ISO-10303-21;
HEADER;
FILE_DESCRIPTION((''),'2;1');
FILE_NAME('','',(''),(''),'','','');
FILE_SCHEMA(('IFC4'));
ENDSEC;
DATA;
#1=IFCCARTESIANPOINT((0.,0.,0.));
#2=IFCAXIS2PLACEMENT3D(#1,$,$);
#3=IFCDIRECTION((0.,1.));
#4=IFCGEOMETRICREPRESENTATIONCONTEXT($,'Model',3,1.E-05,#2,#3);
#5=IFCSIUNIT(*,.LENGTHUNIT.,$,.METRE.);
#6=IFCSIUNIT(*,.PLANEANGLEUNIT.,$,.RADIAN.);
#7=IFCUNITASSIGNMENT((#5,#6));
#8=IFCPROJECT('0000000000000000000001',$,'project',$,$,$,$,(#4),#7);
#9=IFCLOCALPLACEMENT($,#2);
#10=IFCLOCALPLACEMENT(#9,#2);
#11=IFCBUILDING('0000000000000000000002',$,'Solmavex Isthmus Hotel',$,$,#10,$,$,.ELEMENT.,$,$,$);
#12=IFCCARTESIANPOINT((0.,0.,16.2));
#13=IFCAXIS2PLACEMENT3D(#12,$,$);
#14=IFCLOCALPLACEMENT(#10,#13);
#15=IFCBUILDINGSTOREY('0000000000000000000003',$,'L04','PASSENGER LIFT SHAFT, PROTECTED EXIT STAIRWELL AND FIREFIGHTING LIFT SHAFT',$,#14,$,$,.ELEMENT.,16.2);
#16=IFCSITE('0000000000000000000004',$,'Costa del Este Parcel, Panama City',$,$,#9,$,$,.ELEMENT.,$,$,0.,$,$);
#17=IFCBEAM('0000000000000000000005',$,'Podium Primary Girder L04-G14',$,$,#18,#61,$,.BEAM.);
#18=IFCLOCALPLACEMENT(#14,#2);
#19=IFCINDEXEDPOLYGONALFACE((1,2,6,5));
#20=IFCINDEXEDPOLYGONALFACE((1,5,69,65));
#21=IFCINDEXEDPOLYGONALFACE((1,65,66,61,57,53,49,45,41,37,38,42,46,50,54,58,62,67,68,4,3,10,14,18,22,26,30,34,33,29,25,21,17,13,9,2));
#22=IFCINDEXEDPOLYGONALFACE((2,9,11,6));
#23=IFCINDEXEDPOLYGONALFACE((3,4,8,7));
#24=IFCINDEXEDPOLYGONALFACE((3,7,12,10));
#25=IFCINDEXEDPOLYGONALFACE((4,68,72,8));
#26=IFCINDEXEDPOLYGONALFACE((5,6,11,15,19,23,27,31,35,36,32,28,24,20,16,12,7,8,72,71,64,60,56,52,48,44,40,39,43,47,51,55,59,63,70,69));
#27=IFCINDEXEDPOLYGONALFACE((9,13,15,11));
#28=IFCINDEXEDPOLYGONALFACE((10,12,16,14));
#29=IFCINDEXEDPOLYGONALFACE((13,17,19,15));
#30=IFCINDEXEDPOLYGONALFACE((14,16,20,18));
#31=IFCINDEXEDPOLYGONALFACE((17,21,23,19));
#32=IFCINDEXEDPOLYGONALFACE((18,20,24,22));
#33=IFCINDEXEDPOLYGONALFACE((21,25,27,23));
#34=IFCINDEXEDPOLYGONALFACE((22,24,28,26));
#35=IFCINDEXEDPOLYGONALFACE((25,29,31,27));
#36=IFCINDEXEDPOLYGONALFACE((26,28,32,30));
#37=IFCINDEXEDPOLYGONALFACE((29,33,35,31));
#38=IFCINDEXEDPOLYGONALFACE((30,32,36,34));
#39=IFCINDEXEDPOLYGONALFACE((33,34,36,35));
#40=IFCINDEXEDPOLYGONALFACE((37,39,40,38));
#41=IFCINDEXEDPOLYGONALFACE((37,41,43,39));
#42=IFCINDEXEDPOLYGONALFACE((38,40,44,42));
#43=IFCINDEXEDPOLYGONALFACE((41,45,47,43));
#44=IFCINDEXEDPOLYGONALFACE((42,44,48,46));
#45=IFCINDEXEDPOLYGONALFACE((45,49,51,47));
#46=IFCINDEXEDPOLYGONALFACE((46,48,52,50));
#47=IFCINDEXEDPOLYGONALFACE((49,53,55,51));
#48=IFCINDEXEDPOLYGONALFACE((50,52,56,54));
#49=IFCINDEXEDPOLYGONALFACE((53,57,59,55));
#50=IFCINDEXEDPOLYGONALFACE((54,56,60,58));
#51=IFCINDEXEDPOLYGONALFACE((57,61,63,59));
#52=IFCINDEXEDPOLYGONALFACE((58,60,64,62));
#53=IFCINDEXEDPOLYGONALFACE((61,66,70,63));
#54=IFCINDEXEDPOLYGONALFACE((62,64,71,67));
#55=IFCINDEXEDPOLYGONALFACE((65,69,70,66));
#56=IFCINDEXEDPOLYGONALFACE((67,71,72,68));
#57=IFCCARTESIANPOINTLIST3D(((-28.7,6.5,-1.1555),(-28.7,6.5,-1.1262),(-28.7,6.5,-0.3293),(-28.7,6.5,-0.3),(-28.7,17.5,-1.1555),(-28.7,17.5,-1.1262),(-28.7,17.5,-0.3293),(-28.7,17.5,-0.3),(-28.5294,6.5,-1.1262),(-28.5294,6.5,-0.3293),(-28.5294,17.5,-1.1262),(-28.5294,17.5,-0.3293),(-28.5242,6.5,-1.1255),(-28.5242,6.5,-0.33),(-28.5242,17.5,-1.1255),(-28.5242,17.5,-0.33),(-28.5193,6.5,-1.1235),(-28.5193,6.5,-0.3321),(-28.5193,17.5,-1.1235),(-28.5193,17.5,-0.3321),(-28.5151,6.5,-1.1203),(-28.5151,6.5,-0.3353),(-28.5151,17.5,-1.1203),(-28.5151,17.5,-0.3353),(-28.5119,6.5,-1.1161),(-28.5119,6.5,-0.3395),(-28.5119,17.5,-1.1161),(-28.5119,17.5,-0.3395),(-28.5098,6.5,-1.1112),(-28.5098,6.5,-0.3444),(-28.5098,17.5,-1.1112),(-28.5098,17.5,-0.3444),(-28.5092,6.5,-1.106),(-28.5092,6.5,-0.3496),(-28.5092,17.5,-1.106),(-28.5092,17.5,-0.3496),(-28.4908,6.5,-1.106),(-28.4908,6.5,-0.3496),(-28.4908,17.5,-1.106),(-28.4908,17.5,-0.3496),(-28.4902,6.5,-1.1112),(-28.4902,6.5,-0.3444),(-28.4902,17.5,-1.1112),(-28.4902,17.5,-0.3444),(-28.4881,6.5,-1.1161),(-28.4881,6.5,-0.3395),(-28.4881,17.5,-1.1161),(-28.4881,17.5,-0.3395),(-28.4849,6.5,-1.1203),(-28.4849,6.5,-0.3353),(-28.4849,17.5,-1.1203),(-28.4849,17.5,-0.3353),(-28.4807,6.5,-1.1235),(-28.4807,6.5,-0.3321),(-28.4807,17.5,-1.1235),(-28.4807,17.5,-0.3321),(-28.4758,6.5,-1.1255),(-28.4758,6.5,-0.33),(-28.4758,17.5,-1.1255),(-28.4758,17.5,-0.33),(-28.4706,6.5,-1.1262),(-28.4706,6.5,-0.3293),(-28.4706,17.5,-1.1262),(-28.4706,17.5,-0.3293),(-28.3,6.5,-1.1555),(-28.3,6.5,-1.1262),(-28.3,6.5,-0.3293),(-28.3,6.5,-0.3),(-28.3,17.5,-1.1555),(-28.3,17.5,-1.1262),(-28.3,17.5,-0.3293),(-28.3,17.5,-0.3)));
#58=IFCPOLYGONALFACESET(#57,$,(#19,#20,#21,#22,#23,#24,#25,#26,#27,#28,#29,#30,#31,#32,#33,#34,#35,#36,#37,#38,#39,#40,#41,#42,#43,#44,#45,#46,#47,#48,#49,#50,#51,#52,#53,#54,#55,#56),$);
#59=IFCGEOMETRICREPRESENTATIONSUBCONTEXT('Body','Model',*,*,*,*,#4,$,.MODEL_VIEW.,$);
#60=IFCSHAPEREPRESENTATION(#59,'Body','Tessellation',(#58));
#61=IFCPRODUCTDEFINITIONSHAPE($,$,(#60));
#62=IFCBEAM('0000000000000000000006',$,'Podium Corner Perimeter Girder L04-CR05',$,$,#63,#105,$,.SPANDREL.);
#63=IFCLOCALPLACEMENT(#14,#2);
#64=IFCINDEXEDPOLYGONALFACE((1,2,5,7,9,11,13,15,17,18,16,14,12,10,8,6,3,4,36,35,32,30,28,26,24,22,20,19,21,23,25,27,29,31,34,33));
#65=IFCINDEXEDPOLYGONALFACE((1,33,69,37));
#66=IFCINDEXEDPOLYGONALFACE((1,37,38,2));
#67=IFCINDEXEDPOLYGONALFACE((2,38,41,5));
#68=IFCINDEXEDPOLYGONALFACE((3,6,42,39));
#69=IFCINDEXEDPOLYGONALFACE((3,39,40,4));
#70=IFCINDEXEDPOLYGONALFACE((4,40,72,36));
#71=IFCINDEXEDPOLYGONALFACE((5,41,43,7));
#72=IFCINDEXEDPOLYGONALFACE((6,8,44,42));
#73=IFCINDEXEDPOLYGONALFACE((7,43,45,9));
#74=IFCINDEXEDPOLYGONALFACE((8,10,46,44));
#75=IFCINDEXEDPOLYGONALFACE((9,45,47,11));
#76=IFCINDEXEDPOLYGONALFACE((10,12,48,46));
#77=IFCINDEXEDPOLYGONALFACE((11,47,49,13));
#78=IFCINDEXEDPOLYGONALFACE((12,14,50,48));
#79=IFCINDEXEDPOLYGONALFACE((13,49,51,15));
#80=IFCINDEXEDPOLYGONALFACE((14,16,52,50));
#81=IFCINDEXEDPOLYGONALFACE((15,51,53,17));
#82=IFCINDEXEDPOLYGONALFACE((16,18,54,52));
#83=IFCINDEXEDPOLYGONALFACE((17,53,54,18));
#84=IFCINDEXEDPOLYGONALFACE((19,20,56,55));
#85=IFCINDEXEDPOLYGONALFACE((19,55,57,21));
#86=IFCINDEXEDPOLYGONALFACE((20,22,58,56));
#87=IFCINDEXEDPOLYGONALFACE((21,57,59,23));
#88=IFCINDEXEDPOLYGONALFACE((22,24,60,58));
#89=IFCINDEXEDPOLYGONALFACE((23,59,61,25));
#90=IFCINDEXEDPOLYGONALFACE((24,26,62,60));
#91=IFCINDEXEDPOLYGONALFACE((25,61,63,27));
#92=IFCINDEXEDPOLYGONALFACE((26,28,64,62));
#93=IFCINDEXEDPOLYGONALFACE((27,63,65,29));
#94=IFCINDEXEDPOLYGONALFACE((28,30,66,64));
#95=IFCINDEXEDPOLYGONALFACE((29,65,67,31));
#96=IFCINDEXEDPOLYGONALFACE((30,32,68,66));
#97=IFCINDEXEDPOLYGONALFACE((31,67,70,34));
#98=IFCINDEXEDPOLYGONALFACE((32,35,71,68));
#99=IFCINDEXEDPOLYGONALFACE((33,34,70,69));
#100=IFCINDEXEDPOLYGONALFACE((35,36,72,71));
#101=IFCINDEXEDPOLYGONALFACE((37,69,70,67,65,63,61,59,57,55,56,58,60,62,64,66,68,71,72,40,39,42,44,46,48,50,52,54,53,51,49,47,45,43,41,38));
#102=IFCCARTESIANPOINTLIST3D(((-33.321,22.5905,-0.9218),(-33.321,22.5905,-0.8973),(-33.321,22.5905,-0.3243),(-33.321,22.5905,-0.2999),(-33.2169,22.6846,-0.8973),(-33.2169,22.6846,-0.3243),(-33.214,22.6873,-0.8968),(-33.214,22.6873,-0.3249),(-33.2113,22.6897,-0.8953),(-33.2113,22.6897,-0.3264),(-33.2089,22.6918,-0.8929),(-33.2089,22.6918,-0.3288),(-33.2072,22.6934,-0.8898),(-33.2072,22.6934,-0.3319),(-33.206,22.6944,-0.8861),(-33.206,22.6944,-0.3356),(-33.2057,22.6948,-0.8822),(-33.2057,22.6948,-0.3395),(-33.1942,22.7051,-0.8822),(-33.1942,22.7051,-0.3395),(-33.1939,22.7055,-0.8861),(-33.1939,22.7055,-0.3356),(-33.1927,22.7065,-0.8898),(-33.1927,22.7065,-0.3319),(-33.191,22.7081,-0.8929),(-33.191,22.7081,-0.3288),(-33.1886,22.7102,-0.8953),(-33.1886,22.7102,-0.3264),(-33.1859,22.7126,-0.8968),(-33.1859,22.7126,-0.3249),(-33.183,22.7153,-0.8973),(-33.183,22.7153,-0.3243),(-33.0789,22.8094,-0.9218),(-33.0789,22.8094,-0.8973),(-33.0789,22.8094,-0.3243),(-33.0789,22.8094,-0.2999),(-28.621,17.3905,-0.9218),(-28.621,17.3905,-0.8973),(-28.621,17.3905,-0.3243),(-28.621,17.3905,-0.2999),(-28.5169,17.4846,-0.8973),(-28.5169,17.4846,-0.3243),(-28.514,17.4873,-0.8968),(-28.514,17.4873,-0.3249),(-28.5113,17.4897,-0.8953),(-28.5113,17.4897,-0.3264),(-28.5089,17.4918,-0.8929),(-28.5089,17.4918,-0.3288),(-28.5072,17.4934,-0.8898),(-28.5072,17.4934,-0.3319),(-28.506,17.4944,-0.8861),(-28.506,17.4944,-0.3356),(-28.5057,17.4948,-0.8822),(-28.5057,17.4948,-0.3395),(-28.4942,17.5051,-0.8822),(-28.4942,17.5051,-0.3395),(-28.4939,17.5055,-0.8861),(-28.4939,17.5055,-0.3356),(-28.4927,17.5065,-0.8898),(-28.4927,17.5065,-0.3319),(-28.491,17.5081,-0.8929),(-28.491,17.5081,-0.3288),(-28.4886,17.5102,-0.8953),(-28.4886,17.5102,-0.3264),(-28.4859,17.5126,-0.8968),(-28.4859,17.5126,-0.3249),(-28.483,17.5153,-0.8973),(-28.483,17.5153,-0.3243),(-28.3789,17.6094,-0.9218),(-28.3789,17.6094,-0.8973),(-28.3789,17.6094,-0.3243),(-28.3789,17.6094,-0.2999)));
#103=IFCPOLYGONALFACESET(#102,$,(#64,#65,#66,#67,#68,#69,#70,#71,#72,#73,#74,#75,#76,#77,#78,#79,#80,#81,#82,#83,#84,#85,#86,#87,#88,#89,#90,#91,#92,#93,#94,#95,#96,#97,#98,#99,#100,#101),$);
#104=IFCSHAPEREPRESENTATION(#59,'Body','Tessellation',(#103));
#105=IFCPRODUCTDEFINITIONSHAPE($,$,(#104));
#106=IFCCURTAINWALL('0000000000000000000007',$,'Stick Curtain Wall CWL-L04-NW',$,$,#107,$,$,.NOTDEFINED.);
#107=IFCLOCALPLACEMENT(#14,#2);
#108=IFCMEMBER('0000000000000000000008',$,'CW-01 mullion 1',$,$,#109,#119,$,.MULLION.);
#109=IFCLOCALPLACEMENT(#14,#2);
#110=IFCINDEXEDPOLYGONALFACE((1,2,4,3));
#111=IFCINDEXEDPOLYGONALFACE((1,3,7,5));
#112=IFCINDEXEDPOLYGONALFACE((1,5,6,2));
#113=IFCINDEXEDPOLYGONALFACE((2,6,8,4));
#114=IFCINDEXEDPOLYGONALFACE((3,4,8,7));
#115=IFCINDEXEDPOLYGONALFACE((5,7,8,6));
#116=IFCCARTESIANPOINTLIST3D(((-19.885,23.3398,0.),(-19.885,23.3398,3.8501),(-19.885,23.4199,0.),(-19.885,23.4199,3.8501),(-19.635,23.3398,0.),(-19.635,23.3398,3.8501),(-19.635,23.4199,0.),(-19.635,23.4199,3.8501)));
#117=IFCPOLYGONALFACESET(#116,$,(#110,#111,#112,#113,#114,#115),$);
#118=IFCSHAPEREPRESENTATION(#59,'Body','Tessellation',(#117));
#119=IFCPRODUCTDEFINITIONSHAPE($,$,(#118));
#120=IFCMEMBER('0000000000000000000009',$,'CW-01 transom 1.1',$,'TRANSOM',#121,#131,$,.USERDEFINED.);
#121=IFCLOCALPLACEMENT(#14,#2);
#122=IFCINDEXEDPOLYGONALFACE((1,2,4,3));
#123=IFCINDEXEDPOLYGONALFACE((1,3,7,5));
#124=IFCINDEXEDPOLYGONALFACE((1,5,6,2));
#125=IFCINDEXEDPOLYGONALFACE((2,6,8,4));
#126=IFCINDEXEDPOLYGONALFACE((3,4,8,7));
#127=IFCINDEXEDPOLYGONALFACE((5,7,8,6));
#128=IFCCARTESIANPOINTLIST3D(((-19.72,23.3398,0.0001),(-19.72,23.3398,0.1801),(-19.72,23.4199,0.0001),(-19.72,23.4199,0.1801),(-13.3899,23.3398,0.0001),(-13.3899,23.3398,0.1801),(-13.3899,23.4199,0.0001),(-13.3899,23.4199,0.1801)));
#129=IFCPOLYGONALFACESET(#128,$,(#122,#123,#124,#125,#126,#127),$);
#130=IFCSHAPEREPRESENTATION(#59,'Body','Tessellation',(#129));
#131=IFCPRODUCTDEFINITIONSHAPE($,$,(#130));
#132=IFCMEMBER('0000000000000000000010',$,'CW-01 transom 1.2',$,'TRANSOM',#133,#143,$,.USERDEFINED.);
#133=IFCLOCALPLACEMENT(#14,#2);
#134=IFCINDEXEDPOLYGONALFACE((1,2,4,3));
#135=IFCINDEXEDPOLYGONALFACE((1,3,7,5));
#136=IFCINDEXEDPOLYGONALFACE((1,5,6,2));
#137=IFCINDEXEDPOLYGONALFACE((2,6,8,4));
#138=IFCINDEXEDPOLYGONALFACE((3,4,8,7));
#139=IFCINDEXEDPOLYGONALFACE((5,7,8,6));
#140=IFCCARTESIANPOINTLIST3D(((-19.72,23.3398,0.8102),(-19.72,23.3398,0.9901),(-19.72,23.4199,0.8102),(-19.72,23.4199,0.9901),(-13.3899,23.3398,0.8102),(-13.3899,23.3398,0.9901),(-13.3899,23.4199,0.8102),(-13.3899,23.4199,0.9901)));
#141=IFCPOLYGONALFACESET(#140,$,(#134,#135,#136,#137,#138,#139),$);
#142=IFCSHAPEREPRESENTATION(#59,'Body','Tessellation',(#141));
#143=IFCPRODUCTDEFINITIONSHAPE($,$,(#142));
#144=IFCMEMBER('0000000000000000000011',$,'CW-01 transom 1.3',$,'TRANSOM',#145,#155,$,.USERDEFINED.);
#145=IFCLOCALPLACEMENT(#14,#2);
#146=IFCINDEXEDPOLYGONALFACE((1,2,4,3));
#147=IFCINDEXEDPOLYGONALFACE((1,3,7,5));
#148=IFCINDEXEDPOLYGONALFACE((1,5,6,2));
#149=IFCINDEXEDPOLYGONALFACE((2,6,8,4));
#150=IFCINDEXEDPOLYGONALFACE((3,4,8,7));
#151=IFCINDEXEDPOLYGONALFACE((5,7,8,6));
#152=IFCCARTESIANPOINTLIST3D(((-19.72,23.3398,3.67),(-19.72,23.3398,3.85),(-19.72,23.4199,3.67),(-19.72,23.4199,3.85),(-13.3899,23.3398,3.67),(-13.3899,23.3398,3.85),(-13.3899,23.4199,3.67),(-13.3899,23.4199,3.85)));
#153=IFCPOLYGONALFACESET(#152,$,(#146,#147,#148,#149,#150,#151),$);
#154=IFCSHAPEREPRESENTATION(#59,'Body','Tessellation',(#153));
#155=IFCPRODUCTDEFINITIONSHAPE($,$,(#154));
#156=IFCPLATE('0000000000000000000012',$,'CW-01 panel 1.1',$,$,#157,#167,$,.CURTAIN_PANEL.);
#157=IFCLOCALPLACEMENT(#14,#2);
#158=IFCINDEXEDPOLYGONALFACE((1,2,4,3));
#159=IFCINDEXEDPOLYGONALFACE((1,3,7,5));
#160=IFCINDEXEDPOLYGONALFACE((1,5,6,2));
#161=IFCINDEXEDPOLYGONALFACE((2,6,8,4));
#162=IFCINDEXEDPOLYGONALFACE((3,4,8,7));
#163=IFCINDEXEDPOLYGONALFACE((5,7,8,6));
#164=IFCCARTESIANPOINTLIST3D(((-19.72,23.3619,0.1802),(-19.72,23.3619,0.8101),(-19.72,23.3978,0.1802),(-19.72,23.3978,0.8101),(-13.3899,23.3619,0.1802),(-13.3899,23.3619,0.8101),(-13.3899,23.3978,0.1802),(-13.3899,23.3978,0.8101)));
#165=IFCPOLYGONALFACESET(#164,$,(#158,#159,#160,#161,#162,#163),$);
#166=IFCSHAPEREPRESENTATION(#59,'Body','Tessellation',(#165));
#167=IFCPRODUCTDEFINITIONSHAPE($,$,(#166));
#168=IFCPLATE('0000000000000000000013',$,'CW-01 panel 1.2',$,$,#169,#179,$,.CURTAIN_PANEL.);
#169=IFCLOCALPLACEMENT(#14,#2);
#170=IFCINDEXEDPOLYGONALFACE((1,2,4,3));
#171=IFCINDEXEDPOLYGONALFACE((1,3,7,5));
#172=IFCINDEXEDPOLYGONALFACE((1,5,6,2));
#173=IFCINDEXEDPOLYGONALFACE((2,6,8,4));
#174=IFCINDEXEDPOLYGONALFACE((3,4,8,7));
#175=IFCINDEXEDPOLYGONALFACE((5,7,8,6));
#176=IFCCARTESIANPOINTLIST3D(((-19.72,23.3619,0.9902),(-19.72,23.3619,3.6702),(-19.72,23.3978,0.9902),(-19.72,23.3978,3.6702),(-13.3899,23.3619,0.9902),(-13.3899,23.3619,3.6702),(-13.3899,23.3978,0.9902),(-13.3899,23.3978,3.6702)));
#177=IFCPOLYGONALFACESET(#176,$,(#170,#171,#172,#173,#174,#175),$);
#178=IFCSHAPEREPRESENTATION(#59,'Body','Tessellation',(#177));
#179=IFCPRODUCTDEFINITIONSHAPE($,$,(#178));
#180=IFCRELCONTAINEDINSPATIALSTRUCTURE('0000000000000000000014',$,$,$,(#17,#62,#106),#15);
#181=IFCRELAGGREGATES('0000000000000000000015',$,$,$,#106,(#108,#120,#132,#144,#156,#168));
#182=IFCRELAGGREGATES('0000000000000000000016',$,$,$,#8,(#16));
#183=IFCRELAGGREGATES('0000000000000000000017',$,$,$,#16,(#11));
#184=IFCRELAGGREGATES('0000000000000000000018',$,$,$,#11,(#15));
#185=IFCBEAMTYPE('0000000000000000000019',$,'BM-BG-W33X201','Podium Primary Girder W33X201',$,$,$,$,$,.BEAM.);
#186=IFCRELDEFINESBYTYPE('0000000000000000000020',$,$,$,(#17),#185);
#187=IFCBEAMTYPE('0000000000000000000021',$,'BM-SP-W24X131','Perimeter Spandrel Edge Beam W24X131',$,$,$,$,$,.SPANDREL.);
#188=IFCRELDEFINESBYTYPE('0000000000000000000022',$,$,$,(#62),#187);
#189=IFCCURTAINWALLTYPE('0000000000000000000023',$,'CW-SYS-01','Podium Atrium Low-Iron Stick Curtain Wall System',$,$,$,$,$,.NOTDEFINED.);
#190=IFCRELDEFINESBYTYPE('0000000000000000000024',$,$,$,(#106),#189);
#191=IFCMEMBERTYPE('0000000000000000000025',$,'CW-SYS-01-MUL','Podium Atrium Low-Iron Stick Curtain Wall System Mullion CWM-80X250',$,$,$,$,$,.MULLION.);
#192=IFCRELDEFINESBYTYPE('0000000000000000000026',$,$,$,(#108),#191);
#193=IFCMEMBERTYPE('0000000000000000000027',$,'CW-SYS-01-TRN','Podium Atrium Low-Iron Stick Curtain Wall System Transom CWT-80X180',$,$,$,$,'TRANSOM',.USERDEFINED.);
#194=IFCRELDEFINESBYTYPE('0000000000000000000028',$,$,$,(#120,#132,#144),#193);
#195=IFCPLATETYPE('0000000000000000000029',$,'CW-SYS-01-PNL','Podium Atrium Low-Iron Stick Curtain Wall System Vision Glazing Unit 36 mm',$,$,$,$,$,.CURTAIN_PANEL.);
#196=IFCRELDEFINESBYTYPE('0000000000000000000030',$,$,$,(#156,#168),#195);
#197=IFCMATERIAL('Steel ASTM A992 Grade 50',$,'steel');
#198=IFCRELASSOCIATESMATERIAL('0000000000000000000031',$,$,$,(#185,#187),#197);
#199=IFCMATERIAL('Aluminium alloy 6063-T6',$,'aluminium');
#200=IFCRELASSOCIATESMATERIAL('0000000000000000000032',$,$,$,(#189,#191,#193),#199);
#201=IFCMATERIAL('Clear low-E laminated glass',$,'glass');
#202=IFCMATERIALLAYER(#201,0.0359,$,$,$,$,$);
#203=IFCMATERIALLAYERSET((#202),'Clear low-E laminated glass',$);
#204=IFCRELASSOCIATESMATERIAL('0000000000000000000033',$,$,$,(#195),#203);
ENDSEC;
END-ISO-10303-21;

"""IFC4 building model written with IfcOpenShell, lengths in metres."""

from ifc_helpers import new_model, si_unit, direction, frame, origin, origin_2d, place, context, subcontext, project, spatial, rectangle, i_section, extrude, material, layer, layer_set, material_profile, profile_set, type_object, element, aggregate, save


model = new_model("IFC4")

# Units and contexts
model_context = context("Model", 3, precision=1e-05, world=origin(), true_north=direction((0.0, 1.0)))
body_context = subcontext(model_context, "Body", "Model", "MODEL_VIEW")
ifc_project = project(units=[si_unit("LENGTHUNIT", "METRE"), si_unit("PLANEANGLEUNIT", "RADIAN")], contexts=[model_context])

# Site, building, storey
site_placement = place(None, origin())
site = spatial("IfcSite", under=ifc_project, at=site_placement, Name="Costa del Este Parcel, Panama City", CompositionType="ELEMENT", RefElevation=0.0)
building_placement = place(site_placement, origin())
building = spatial("IfcBuilding", under=site, at=building_placement, Name="Solmavex Isthmus Hotel", CompositionType="ELEMENT")
storey_placement = place(building_placement, frame((0.0, 0.0, 16.2)))
storey = spatial("IfcBuildingStorey", under=building, at=storey_placement, Name="L04", Description="PASSENGER LIFT SHAFT, PROTECTED EXIT STAIRWELL AND FIREFIGHTING LIFT SHAFT", CompositionType="ELEMENT", Elevation=16.2)

# Beams
ifc_material_1 = material(Name="Steel ASTM A992 Grade 50", Category="steel")
ifc_material_profile_1 = material_profile(ifc_material_1, i_section(OverallWidth=0.3999, OverallDepth=0.8555, WebThickness=0.0183, FlangeThickness=0.0293, FilletRadius=0.0203, at=origin_2d()), Name="W33X201")
ifc_profile_set_1 = profile_set([ifc_material_profile_1], Name="Steel ASTM A992 Grade 50")
beam_type_1 = type_object("IfcBeamType", Name="BM-BG-W33X201", Description="Podium Primary Girder W33X201", PredefinedType="BEAM", material=ifc_profile_set_1)
beam_1_placement = place(storey_placement, frame((-28.5, 6.5, -0.7278), z_axis=(0.0, 1.0, 0.0), x_axis=(-1.0, 0.0, 0.0)))
element("IfcBeam", 1, at=beam_1_placement, inside=storey, type_object=beam_type_1, Name="Podium Primary Girder L04-G14", PredefinedType="BEAM", context=body_context, shape_type="SweptSolid", body=[
    extrude(i_section(OverallWidth=0.3999, OverallDepth=0.8555, WebThickness=0.0183, FlangeThickness=0.0293, FilletRadius=0.0203, at=origin_2d()), origin(), (0.0, 0.0, 1.0), 11.0),
])
ifc_material_profile_2 = material_profile(ifc_material_1, i_section(OverallWidth=0.3264, OverallDepth=0.6218, WebThickness=0.0154, FlangeThickness=0.0244, FilletRadius=0.0151, at=origin_2d()), Name="W24X131")
ifc_profile_set_2 = profile_set([ifc_material_profile_2], Name="Steel ASTM A992 Grade 50")
beam_type_2 = type_object("IfcBeamType", Name="BM-SP-W24X131", Description="Perimeter Spandrel Edge Beam W24X131", PredefinedType="SPANDREL", material=ifc_profile_set_2)
beam_2_placement = place(storey_placement, frame((-33.2, 22.7, -0.6108), z_axis=(0.670539, -0.741874, 0.0), x_axis=(0.741874, 0.670539, 0.0)))
element("IfcBeam", 2, at=beam_2_placement, inside=storey, type_object=beam_type_2, Name="Podium Corner Perimeter Girder L04-CR05", PredefinedType="SPANDREL", context=body_context, shape_type="SweptSolid", body=[
    extrude(i_section(OverallWidth=0.3264, OverallDepth=0.6218, WebThickness=0.0154, FlangeThickness=0.0244, FilletRadius=0.0151, at=origin_2d()), origin(), (0.0, 0.0, 1.0), 7.0093),
])

# Curtain wall, members, plates
ifc_material_2 = material(Name="Aluminium alloy 6063-T6", Category="aluminium")
curtain_wall_type = type_object("IfcCurtainWallType", Name="CW-SYS-01", Description="Podium Atrium Low-Iron Stick Curtain Wall System", PredefinedType="NOTDEFINED", material=ifc_material_2)
curtain_wall_placement = place(storey_placement, origin())
curtain_wall = element("IfcCurtainWall", 3, at=curtain_wall_placement, inside=storey, type_object=curtain_wall_type, Name="Stick Curtain Wall CWL-L04-NW", PredefinedType="NOTDEFINED")
ifc_material_profile_3 = material_profile(ifc_material_2, rectangle(XDim=0.0801, YDim=0.25, at=origin_2d()), Name="CWM-80X250")
ifc_profile_set_3 = profile_set([ifc_material_profile_3], Name="Aluminium alloy 6063-T6")
member_type_1 = type_object("IfcMemberType", Name="CW-SYS-01-MUL", Description="Podium Atrium Low-Iron Stick Curtain Wall System Mullion CWM-80X250", PredefinedType="MULLION", material=ifc_profile_set_3)
member_1_placement = place(storey_placement, frame((-19.76, 23.3799, 0.0), z_axis=(0.0, 0.0, 1.0), x_axis=(0.0, 1.0, 0.0)))
member_1 = element("IfcMember", 4, at=member_1_placement, type_object=member_type_1, Name="CW-01 mullion 1", PredefinedType="MULLION", context=body_context, shape_type="SweptSolid", body=[
    extrude(rectangle(XDim=0.0801, YDim=0.25, at=origin_2d()), origin(), (0.0, 0.0, 1.0), 3.8501),
])
ifc_material_profile_4 = material_profile(ifc_material_2, rectangle(XDim=0.0801, YDim=0.1799, at=origin_2d()), Name="CWT-80X180")
ifc_profile_set_4 = profile_set([ifc_material_profile_4], Name="Aluminium alloy 6063-T6")
member_type_2 = type_object("IfcMemberType", Name="CW-SYS-01-TRN", Description="Podium Atrium Low-Iron Stick Curtain Wall System Transom CWT-80X180", ElementType="TRANSOM", PredefinedType="USERDEFINED", material=ifc_profile_set_4)
member_2_placement = place(storey_placement, frame((-19.72, 23.3799, 0.0901), z_axis=(1.0, 0.0, 0.0), x_axis=(0.0, 1.0, 0.0)))
member_2 = element("IfcMember", 5, at=member_2_placement, type_object=member_type_2, Name="CW-01 transom 1.1", ObjectType="TRANSOM", PredefinedType="USERDEFINED", context=body_context, shape_type="SweptSolid", body=[
    extrude(rectangle(XDim=0.0801, YDim=0.1799, at=origin_2d()), origin(), (0.0, 0.0, 1.0), 6.3301),
])
member_3_placement = place(storey_placement, frame((-19.72, 23.3799, 0.9001), z_axis=(1.0, 0.0, 0.0), x_axis=(0.0, 1.0, 0.0)))
member_3 = element("IfcMember", 6, at=member_3_placement, type_object=member_type_2, Name="CW-01 transom 1.2", ObjectType="TRANSOM", PredefinedType="USERDEFINED", context=body_context, shape_type="SweptSolid", body=[
    extrude(rectangle(XDim=0.0801, YDim=0.1799, at=origin_2d()), origin(), (0.0, 0.0, 1.0), 6.3301),
])
member_4_placement = place(storey_placement, frame((-19.72, 23.3799, 3.76), z_axis=(1.0, 0.0, 0.0), x_axis=(0.0, 1.0, 0.0)))
member_4 = element("IfcMember", 7, at=member_4_placement, type_object=member_type_2, Name="CW-01 transom 1.3", ObjectType="TRANSOM", PredefinedType="USERDEFINED", context=body_context, shape_type="SweptSolid", body=[
    extrude(rectangle(XDim=0.0801, YDim=0.1799, at=origin_2d()), origin(), (0.0, 0.0, 1.0), 6.3301),
])
ifc_material_3 = material(Name="Clear low-E laminated glass", Category="glass")
ifc_layer_1 = layer(ifc_material_3, 0.0359)
ifc_layer_set_1 = layer_set([ifc_layer_1], Name="Clear low-E laminated glass")
plate_type_1 = type_object("IfcPlateType", Name="CW-SYS-01-PNL", Description="Podium Atrium Low-Iron Stick Curtain Wall System Vision Glazing Unit 36 mm", PredefinedType="CURTAIN_PANEL", material=ifc_layer_set_1)
plate_1_placement = place(storey_placement, frame((-16.5549, 23.3799, 0.1802), z_axis=(0.0, 0.0, 1.0), x_axis=(1.0, 0.0, 0.0)))
plate_1 = element("IfcPlate", 8, at=plate_1_placement, type_object=plate_type_1, Name="CW-01 panel 1.1", PredefinedType="CURTAIN_PANEL", context=body_context, shape_type="SweptSolid", body=[
    extrude(rectangle(XDim=6.3301, YDim=0.0359, at=origin_2d()), origin(), (0.0, 0.0, 1.0), 0.6299),
])
plate_2_placement = place(storey_placement, frame((-16.5549, 23.3799, 0.9902), z_axis=(0.0, 0.0, 1.0), x_axis=(1.0, 0.0, 0.0)))
plate_2 = element("IfcPlate", 9, at=plate_2_placement, type_object=plate_type_1, Name="CW-01 panel 1.2", PredefinedType="CURTAIN_PANEL", context=body_context, shape_type="SweptSolid", body=[
    extrude(rectangle(XDim=6.3301, YDim=0.0359, at=origin_2d()), origin(), (0.0, 0.0, 1.0), 2.6799),
])
aggregate(curtain_wall, [member_1, member_2, member_3, member_4, plate_1, plate_2])

save(model, "model.ifc")
